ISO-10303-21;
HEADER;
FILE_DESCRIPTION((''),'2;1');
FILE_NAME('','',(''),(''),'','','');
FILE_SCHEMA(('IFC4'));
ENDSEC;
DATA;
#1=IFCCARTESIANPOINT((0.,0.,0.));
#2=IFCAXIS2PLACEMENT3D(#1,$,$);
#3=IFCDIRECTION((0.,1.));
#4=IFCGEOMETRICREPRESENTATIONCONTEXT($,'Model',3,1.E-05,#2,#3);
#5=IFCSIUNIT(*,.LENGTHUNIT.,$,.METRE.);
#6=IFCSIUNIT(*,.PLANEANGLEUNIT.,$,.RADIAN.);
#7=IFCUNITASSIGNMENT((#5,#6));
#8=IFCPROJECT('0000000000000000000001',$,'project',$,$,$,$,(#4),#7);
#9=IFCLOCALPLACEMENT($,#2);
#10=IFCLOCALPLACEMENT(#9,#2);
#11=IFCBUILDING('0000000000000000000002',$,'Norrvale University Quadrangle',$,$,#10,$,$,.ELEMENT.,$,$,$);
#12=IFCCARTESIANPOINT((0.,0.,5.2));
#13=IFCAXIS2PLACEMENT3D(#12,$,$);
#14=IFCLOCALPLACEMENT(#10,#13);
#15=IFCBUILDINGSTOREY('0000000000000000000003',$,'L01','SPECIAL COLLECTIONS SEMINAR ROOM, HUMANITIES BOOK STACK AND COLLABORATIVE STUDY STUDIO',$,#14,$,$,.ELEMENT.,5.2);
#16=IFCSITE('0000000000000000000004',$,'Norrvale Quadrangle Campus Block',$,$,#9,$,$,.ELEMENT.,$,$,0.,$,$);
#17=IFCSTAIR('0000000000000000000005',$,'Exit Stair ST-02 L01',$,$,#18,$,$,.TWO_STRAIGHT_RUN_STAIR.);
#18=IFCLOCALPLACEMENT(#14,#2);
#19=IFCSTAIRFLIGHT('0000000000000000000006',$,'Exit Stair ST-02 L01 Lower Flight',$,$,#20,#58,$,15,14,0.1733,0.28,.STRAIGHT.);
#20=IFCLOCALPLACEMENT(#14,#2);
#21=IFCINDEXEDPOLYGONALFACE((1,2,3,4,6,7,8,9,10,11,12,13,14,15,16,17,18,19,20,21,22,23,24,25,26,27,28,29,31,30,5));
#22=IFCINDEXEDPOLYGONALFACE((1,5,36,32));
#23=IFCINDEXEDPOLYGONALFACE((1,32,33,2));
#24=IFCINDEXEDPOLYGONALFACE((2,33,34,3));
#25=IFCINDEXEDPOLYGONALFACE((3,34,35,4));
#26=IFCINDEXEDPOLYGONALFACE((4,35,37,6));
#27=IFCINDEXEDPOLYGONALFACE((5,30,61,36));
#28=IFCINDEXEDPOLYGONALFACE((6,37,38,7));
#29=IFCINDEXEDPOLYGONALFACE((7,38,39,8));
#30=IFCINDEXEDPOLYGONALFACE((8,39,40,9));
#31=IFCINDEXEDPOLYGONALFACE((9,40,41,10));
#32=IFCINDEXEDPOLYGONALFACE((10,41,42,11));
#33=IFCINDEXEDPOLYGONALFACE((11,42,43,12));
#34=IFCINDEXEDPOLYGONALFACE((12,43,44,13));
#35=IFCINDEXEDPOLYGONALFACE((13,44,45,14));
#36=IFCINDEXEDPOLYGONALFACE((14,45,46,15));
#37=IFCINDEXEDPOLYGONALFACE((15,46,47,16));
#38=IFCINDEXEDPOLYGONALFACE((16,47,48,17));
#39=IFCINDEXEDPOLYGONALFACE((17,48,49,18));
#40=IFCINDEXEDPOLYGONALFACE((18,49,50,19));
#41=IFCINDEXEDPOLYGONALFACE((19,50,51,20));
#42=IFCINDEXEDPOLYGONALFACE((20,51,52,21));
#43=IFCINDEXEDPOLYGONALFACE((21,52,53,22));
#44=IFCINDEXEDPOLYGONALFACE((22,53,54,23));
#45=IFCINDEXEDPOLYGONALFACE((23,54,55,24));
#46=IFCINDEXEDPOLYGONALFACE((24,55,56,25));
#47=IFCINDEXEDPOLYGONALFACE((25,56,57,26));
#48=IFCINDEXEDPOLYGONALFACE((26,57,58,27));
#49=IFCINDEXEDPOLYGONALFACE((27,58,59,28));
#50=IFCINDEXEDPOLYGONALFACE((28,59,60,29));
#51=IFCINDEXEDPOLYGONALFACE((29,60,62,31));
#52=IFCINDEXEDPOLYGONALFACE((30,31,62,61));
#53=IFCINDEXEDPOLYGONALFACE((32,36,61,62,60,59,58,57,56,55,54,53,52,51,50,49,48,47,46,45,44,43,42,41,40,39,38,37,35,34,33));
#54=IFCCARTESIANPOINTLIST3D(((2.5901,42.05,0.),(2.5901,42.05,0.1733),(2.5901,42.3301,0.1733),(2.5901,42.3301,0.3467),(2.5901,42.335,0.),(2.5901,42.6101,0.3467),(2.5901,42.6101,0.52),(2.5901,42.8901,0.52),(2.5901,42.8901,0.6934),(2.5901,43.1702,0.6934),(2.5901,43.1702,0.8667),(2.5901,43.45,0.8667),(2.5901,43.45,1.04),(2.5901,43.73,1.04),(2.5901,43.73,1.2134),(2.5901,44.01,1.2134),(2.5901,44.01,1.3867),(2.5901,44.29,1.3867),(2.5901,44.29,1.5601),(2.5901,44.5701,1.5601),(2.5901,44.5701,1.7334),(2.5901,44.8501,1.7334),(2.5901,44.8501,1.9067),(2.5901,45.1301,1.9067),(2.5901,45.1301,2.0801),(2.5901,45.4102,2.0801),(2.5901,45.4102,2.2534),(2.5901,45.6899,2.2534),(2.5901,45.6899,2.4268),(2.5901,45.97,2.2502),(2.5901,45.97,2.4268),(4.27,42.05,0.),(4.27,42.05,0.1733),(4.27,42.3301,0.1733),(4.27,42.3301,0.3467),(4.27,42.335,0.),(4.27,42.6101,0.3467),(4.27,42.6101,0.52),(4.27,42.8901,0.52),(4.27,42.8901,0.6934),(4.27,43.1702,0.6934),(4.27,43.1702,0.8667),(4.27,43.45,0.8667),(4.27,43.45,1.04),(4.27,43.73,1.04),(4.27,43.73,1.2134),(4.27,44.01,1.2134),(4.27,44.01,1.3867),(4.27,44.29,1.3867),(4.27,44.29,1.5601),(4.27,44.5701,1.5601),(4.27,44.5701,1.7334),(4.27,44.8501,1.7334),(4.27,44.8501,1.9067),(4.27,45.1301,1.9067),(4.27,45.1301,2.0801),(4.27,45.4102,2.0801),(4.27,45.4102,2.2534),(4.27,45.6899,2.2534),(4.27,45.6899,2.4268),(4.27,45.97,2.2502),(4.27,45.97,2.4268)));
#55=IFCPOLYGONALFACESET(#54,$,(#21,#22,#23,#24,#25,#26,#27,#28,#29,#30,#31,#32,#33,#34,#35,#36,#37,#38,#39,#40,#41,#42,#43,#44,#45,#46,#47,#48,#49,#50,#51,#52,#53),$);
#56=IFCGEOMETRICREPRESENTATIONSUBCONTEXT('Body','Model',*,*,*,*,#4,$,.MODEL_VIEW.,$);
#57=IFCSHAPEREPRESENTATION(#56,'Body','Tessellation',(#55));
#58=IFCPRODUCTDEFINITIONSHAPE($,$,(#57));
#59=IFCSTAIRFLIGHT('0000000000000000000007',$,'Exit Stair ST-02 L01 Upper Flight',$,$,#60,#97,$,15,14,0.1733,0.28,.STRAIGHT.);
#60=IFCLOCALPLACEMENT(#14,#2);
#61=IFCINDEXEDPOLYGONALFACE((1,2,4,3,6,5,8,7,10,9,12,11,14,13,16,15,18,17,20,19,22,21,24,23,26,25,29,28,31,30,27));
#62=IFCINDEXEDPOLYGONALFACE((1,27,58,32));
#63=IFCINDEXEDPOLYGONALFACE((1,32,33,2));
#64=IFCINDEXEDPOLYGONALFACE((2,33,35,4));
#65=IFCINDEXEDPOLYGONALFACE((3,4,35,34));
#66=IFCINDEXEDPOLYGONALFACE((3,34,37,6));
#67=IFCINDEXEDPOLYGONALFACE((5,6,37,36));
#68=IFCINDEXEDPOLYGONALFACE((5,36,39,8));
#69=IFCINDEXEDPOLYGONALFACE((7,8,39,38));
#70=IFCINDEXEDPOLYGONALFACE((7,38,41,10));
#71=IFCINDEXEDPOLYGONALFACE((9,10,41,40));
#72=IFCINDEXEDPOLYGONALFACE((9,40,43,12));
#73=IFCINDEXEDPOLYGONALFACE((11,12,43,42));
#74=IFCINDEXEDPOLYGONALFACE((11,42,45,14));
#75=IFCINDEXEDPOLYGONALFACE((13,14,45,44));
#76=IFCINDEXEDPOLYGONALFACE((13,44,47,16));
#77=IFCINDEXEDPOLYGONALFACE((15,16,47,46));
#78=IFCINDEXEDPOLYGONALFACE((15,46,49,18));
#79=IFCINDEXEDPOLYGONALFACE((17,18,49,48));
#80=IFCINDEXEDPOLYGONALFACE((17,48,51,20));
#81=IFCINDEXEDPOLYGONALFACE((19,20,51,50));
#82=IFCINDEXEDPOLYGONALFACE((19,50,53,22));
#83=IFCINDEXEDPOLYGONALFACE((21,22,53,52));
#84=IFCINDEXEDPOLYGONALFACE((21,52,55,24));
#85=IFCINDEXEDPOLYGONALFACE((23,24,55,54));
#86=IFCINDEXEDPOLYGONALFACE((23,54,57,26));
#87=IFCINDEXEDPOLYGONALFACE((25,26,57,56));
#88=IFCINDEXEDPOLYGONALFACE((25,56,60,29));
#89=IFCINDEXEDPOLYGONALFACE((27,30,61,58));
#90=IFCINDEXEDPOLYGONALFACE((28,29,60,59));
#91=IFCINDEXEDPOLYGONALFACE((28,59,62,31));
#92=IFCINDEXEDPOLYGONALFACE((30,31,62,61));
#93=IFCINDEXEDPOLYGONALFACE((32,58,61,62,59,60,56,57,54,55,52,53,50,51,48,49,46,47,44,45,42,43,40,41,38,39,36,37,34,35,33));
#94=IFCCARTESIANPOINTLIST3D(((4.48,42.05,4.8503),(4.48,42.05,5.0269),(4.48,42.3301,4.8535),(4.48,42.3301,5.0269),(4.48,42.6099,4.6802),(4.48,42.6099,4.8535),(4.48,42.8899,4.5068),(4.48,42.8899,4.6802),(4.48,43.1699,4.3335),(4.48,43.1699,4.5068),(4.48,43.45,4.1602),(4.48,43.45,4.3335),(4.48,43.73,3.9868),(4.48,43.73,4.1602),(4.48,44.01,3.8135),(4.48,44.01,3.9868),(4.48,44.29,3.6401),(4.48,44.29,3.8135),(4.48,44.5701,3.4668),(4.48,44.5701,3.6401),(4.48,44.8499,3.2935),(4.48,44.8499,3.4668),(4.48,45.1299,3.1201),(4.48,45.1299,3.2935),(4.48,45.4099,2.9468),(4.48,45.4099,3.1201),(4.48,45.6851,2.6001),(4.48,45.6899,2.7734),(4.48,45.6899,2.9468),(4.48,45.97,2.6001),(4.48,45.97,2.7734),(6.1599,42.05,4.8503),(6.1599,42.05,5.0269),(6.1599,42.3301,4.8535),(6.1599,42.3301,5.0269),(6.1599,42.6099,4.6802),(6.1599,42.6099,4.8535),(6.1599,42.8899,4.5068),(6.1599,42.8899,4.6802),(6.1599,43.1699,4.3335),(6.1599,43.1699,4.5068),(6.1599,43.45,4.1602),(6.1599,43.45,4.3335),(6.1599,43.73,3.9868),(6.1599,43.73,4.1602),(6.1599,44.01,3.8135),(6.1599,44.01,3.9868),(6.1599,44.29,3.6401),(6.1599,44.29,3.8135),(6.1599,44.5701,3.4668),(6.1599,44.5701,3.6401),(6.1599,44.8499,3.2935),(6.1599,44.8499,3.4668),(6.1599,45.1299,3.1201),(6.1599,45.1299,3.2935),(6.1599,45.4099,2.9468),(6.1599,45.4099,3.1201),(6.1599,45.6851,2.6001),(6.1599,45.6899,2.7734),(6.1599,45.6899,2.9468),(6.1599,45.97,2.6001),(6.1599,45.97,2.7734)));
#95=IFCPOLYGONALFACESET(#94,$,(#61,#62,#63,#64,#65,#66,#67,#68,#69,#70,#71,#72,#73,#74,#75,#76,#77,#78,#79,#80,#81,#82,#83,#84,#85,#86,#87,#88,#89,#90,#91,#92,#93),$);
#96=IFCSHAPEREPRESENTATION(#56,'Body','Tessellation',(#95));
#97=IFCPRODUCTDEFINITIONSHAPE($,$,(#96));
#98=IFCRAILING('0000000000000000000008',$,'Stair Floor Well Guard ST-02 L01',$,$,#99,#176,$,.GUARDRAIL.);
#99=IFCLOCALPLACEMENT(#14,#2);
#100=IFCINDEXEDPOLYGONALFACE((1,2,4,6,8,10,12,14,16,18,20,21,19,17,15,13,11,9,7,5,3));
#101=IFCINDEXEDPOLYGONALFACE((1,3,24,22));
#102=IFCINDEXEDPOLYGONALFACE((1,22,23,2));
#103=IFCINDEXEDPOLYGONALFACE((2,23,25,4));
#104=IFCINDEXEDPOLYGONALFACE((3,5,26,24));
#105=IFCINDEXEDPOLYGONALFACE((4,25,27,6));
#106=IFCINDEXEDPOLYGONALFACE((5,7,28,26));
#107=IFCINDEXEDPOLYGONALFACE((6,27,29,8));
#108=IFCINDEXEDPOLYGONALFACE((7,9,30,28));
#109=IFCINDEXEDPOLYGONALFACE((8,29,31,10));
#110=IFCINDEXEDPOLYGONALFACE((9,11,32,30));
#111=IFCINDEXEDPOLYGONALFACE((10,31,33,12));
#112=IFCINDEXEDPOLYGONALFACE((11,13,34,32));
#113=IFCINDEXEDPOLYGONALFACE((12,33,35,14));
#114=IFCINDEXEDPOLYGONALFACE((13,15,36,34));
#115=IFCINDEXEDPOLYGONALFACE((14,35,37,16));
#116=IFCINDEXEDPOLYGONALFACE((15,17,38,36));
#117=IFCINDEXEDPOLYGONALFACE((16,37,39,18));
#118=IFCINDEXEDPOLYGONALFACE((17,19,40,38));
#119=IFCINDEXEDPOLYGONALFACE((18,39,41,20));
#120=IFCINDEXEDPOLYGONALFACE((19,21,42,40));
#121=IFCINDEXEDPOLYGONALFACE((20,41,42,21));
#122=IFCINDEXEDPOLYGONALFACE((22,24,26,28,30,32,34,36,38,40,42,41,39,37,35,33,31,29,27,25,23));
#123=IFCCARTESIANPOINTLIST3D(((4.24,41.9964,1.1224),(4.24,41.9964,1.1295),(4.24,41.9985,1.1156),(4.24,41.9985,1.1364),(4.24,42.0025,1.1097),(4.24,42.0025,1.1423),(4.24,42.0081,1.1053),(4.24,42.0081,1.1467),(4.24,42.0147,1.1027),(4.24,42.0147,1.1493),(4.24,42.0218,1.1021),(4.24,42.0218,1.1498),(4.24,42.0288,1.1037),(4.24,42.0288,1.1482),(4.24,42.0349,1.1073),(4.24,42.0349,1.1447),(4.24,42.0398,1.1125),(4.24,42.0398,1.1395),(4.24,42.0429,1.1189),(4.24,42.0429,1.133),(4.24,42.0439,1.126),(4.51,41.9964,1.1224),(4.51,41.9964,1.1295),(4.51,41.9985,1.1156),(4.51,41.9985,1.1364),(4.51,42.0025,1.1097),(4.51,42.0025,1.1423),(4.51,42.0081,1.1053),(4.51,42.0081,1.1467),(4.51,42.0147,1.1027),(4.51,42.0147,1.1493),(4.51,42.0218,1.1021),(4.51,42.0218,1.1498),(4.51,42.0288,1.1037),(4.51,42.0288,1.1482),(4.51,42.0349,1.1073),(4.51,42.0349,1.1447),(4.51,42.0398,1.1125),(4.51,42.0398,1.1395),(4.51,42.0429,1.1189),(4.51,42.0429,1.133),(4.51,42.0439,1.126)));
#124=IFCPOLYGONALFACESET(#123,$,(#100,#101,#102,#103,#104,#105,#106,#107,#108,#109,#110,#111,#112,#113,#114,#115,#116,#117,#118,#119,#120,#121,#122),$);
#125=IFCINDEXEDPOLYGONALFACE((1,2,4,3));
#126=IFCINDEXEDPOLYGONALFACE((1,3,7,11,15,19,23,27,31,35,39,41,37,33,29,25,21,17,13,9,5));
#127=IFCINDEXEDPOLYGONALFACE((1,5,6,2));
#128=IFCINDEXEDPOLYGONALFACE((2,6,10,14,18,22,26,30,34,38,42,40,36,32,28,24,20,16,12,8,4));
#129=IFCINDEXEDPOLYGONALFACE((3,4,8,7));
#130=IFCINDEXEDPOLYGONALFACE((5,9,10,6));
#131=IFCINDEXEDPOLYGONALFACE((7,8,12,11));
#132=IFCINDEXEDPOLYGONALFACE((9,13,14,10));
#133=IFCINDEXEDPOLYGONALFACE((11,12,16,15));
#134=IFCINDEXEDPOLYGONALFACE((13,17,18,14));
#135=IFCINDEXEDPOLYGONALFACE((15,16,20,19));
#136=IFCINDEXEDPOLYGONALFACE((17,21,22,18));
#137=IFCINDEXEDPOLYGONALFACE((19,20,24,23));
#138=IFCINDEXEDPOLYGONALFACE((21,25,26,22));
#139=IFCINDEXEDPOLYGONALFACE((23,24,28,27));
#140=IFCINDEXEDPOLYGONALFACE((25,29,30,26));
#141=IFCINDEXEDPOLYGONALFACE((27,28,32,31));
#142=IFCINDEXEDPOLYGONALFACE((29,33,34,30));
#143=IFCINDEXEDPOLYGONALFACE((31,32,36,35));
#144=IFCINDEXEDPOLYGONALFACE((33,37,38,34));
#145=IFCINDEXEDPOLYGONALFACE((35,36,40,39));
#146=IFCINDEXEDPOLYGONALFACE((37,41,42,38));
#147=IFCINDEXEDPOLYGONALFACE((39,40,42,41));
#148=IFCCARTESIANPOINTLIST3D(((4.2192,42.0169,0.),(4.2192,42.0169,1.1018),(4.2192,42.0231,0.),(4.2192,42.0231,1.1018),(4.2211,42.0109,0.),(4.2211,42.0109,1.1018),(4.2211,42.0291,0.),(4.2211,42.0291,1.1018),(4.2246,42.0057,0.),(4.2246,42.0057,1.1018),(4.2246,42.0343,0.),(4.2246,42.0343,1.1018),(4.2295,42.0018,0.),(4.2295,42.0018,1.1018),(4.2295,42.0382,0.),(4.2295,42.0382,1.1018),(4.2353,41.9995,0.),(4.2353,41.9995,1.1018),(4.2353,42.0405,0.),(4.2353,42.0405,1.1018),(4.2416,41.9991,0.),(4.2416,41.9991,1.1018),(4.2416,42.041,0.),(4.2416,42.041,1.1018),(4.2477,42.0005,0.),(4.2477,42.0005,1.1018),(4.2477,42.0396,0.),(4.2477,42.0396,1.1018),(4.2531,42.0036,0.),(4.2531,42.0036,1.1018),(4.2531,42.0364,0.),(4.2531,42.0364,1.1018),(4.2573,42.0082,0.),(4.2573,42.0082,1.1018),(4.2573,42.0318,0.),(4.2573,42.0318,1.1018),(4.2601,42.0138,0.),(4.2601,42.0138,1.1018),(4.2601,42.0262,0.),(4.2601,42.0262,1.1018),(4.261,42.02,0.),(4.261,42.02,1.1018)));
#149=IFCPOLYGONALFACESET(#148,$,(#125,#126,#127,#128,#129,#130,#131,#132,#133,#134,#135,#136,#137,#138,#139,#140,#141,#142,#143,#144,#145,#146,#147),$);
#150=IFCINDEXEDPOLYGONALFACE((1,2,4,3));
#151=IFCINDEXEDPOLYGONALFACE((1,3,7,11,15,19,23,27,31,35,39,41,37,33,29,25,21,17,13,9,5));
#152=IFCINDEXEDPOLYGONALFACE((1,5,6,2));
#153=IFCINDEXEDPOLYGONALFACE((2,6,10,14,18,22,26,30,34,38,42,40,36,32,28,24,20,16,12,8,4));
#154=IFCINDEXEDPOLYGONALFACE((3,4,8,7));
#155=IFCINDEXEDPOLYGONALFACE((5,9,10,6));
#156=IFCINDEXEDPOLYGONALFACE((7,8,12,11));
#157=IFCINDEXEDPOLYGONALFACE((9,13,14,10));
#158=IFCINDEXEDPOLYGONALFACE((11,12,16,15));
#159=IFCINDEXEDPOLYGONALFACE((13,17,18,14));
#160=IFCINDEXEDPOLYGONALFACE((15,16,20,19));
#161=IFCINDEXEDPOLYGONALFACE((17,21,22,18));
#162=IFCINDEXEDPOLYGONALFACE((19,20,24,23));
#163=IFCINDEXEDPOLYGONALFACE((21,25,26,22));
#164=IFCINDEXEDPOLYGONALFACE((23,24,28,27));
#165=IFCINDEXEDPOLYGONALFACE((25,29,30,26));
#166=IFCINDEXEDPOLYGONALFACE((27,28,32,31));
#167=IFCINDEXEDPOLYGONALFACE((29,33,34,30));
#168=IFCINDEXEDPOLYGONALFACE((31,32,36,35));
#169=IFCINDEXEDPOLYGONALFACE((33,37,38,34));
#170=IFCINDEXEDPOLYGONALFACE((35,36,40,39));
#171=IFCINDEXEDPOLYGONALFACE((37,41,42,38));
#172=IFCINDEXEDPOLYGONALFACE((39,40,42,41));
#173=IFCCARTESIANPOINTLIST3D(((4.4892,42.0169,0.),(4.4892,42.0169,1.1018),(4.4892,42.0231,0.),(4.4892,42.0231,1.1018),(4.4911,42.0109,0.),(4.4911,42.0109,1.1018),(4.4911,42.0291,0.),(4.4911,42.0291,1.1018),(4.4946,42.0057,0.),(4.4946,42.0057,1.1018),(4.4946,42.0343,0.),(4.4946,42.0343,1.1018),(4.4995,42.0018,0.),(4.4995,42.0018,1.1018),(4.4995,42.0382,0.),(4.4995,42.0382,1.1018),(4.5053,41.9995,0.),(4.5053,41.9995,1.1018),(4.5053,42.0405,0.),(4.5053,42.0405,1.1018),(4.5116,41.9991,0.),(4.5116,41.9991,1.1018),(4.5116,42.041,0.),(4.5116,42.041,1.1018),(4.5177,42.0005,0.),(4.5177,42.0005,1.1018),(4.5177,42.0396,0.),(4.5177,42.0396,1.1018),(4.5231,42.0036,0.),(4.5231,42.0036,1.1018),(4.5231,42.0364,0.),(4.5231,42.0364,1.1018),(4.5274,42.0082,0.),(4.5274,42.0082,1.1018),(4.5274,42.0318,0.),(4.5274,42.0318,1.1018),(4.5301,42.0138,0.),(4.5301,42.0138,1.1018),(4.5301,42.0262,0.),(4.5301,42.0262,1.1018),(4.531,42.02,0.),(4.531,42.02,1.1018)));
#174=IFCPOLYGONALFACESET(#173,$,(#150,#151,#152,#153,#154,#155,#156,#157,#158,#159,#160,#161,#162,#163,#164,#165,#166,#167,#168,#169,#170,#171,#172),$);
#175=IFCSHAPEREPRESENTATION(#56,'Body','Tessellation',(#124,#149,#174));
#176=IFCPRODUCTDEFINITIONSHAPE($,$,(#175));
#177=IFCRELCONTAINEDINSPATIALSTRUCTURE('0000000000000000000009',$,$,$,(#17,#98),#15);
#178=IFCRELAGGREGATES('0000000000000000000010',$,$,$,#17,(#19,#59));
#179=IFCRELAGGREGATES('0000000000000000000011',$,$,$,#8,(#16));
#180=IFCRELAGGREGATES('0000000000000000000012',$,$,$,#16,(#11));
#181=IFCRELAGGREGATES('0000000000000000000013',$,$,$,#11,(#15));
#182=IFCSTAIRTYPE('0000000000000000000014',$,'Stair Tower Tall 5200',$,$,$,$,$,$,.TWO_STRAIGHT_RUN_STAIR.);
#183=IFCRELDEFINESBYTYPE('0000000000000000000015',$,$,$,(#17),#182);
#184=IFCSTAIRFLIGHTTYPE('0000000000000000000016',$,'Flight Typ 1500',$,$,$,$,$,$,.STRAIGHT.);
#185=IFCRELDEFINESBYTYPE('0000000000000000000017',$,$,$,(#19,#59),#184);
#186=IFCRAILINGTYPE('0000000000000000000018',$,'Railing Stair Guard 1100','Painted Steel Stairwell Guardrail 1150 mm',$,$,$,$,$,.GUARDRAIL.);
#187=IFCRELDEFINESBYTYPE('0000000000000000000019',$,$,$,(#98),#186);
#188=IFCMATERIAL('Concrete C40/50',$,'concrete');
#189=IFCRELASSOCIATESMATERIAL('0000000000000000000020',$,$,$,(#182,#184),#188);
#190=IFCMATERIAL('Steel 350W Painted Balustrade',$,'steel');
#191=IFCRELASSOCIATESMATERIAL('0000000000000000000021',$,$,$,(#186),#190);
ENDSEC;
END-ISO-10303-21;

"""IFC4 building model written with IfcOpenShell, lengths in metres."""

from ifc_helpers import new_model, si_unit, direction, frame, origin, origin_2d, place, context, subcontext, project, spatial, polyline, circle, outline, extrude, material, type_object, element, aggregate, save


model = new_model("IFC4")

# Units and contexts
model_context = context("Model", 3, precision=1e-05, world=origin(), true_north=direction((0.0, 1.0)))
body_context = subcontext(model_context, "Body", "Model", "MODEL_VIEW")
ifc_project = project(units=[si_unit("LENGTHUNIT", "METRE"), si_unit("PLANEANGLEUNIT", "RADIAN")], contexts=[model_context])

# Site, building, storey
site_placement = place(None, origin())
site = spatial("IfcSite", under=ifc_project, at=site_placement, Name="Norrvale Quadrangle Campus Block", CompositionType="ELEMENT", RefElevation=0.0)
building_placement = place(site_placement, origin())
building = spatial("IfcBuilding", under=site, at=building_placement, Name="Norrvale University Quadrangle", CompositionType="ELEMENT")
storey_placement = place(building_placement, frame((0.0, 0.0, 5.2)))
storey = spatial("IfcBuildingStorey", under=building, at=storey_placement, Name="L01", Description="SPECIAL COLLECTIONS SEMINAR ROOM, HUMANITIES BOOK STACK AND COLLABORATIVE STUDY STUDIO", CompositionType="ELEMENT", Elevation=5.2)

# Stair, stair flights
ifc_material_1 = material(Name="Concrete C40/50", Category="concrete")
stair_type = type_object("IfcStairType", Name="Stair Tower Tall 5200", PredefinedType="TWO_STRAIGHT_RUN_STAIR", material=ifc_material_1)
stair_placement = place(storey_placement, origin())
stair = element("IfcStair", 1, at=stair_placement, inside=storey, type_object=stair_type, Name="Exit Stair ST-02 L01", PredefinedType="TWO_STRAIGHT_RUN_STAIR")
stair_flight_type = type_object("IfcStairFlightType", Name="Flight Typ 1500", PredefinedType="STRAIGHT", material=ifc_material_1)
stair_flight_1_placement = place(storey_placement, frame((3.4299, 42.05, 0.0), z_axis=(0.0, 0.0, 1.0), x_axis=(0.0, 1.0, 0.0)))
stair_flight_1 = element("IfcStairFlight", 2, at=stair_flight_1_placement, type_object=stair_flight_type, Name="Exit Stair ST-02 L01 Lower Flight", NumberOfRisers=15, NumberOfTreads=14, PredefinedType="STRAIGHT", RiserHeight=0.1733, TreadLength=0.28, context=body_context, shape_type="SweptSolid", body=[
    extrude(outline(polyline([(0.0, 0.0), (0.0, 0.1733), (0.28, 0.1733), (0.28, 0.3467), (0.5601, 0.3467), (0.5601, 0.52), (0.8401, 0.52), (0.8401, 0.6934), (1.1201, 0.6934), (1.1201, 0.8667), (1.3999, 0.8667), (1.3999, 1.04), (1.6799, 1.04), (1.6799, 1.2134), (1.96, 1.2134), (1.96, 1.3867), (2.24, 1.3867), (2.24, 1.5601), (2.52, 1.5601), (2.52, 1.7334), (2.8, 1.7334), (2.8, 1.9067), (3.0801, 1.9067), (3.0801, 2.0801), (3.3601, 2.0801), (3.3601, 2.2534), (3.6399, 2.2534), (3.6399, 2.4268), (3.9199, 2.4268), (3.9199, 2.6001), (3.9199, 2.2502), (0.2849, 0.0), (0.0, 0.0)])), frame((0.0, 0.8398, 0.0), z_axis=(0.0, -1.0, 0.0), x_axis=(1.0, 0.0, 0.0)), (0.0, 0.0, 1.0), 1.6799),
])
stair_flight_2_placement = place(storey_placement, frame((5.3201, 45.97, 2.6001), z_axis=(0.0, 0.0, 1.0), x_axis=(0.0, -1.0, 0.0)))
stair_flight_2 = element("IfcStairFlight", 3, at=stair_flight_2_placement, type_object=stair_flight_type, Name="Exit Stair ST-02 L01 Upper Flight", NumberOfRisers=15, NumberOfTreads=14, PredefinedType="STRAIGHT", RiserHeight=0.1733, TreadLength=0.28, context=body_context, shape_type="SweptSolid", body=[
    extrude(outline(polyline([(0.0, 0.0), (0.0, 0.1733), (0.28, 0.1733), (0.28, 0.3467), (0.5601, 0.3467), (0.5601, 0.52), (0.8401, 0.52), (0.8401, 0.6934), (1.1201, 0.6934), (1.1201, 0.8667), (1.3999, 0.8667), (1.3999, 1.04), (1.6799, 1.04), (1.6799, 1.2134), (1.96, 1.2134), (1.96, 1.3867), (2.24, 1.3867), (2.24, 1.5601), (2.52, 1.5601), (2.52, 1.7334), (2.8, 1.7334), (2.8, 1.9067), (3.0801, 1.9067), (3.0801, 2.0801), (3.3601, 2.0801), (3.3601, 2.2534), (3.6399, 2.2534), (3.6399, 2.4268), (3.9199, 2.4268), (3.9199, 2.6001), (3.9199, 2.2502), (0.2849, 0.0), (0.0, 0.0)])), frame((0.0, 0.8398, 0.0), z_axis=(0.0, -1.0, 0.0), x_axis=(1.0, 0.0, 0.0)), (0.0, 0.0, 1.0), 1.6799),
])
aggregate(stair, [stair_flight_1, stair_flight_2])

# Railing
ifc_material_2 = material(Name="Steel 350W Painted Balustrade", Category="steel")
railing_type_1 = type_object("IfcRailingType", Name="Railing Stair Guard 1100", Description="Painted Steel Stairwell Guardrail 1150 mm", PredefinedType="GUARDRAIL", material=ifc_material_2)
for number, where, name in (
    (4, (4.24, 42.02, 0.0), "Stair Floor Well Guard ST-02 L01"),
):
    element("IfcRailing", number, at=place(storey_placement, frame(where)), inside=storey, type_object=railing_type_1, Name=name, PredefinedType="GUARDRAIL", context=body_context, shape_type="SweptSolid", body=[
        extrude(circle(Radius=0.0239, at=origin_2d()), frame((0.0, 0.0, 1.126), z_axis=(1.0, 0.0, 0.0), x_axis=(0.0, 1.0, 0.0)), (0.0, 0.0, 1.0), 0.27),
        extrude(circle(Radius=0.021, at=origin_2d()), origin(), (0.0, 0.0, 1.0), 1.1018),
        extrude(circle(Radius=0.021, at=origin_2d()), frame((0.27, 0.0, 0.0)), (0.0, 0.0, 1.0), 1.1018),
    ])

save(model, "model.ifc")
